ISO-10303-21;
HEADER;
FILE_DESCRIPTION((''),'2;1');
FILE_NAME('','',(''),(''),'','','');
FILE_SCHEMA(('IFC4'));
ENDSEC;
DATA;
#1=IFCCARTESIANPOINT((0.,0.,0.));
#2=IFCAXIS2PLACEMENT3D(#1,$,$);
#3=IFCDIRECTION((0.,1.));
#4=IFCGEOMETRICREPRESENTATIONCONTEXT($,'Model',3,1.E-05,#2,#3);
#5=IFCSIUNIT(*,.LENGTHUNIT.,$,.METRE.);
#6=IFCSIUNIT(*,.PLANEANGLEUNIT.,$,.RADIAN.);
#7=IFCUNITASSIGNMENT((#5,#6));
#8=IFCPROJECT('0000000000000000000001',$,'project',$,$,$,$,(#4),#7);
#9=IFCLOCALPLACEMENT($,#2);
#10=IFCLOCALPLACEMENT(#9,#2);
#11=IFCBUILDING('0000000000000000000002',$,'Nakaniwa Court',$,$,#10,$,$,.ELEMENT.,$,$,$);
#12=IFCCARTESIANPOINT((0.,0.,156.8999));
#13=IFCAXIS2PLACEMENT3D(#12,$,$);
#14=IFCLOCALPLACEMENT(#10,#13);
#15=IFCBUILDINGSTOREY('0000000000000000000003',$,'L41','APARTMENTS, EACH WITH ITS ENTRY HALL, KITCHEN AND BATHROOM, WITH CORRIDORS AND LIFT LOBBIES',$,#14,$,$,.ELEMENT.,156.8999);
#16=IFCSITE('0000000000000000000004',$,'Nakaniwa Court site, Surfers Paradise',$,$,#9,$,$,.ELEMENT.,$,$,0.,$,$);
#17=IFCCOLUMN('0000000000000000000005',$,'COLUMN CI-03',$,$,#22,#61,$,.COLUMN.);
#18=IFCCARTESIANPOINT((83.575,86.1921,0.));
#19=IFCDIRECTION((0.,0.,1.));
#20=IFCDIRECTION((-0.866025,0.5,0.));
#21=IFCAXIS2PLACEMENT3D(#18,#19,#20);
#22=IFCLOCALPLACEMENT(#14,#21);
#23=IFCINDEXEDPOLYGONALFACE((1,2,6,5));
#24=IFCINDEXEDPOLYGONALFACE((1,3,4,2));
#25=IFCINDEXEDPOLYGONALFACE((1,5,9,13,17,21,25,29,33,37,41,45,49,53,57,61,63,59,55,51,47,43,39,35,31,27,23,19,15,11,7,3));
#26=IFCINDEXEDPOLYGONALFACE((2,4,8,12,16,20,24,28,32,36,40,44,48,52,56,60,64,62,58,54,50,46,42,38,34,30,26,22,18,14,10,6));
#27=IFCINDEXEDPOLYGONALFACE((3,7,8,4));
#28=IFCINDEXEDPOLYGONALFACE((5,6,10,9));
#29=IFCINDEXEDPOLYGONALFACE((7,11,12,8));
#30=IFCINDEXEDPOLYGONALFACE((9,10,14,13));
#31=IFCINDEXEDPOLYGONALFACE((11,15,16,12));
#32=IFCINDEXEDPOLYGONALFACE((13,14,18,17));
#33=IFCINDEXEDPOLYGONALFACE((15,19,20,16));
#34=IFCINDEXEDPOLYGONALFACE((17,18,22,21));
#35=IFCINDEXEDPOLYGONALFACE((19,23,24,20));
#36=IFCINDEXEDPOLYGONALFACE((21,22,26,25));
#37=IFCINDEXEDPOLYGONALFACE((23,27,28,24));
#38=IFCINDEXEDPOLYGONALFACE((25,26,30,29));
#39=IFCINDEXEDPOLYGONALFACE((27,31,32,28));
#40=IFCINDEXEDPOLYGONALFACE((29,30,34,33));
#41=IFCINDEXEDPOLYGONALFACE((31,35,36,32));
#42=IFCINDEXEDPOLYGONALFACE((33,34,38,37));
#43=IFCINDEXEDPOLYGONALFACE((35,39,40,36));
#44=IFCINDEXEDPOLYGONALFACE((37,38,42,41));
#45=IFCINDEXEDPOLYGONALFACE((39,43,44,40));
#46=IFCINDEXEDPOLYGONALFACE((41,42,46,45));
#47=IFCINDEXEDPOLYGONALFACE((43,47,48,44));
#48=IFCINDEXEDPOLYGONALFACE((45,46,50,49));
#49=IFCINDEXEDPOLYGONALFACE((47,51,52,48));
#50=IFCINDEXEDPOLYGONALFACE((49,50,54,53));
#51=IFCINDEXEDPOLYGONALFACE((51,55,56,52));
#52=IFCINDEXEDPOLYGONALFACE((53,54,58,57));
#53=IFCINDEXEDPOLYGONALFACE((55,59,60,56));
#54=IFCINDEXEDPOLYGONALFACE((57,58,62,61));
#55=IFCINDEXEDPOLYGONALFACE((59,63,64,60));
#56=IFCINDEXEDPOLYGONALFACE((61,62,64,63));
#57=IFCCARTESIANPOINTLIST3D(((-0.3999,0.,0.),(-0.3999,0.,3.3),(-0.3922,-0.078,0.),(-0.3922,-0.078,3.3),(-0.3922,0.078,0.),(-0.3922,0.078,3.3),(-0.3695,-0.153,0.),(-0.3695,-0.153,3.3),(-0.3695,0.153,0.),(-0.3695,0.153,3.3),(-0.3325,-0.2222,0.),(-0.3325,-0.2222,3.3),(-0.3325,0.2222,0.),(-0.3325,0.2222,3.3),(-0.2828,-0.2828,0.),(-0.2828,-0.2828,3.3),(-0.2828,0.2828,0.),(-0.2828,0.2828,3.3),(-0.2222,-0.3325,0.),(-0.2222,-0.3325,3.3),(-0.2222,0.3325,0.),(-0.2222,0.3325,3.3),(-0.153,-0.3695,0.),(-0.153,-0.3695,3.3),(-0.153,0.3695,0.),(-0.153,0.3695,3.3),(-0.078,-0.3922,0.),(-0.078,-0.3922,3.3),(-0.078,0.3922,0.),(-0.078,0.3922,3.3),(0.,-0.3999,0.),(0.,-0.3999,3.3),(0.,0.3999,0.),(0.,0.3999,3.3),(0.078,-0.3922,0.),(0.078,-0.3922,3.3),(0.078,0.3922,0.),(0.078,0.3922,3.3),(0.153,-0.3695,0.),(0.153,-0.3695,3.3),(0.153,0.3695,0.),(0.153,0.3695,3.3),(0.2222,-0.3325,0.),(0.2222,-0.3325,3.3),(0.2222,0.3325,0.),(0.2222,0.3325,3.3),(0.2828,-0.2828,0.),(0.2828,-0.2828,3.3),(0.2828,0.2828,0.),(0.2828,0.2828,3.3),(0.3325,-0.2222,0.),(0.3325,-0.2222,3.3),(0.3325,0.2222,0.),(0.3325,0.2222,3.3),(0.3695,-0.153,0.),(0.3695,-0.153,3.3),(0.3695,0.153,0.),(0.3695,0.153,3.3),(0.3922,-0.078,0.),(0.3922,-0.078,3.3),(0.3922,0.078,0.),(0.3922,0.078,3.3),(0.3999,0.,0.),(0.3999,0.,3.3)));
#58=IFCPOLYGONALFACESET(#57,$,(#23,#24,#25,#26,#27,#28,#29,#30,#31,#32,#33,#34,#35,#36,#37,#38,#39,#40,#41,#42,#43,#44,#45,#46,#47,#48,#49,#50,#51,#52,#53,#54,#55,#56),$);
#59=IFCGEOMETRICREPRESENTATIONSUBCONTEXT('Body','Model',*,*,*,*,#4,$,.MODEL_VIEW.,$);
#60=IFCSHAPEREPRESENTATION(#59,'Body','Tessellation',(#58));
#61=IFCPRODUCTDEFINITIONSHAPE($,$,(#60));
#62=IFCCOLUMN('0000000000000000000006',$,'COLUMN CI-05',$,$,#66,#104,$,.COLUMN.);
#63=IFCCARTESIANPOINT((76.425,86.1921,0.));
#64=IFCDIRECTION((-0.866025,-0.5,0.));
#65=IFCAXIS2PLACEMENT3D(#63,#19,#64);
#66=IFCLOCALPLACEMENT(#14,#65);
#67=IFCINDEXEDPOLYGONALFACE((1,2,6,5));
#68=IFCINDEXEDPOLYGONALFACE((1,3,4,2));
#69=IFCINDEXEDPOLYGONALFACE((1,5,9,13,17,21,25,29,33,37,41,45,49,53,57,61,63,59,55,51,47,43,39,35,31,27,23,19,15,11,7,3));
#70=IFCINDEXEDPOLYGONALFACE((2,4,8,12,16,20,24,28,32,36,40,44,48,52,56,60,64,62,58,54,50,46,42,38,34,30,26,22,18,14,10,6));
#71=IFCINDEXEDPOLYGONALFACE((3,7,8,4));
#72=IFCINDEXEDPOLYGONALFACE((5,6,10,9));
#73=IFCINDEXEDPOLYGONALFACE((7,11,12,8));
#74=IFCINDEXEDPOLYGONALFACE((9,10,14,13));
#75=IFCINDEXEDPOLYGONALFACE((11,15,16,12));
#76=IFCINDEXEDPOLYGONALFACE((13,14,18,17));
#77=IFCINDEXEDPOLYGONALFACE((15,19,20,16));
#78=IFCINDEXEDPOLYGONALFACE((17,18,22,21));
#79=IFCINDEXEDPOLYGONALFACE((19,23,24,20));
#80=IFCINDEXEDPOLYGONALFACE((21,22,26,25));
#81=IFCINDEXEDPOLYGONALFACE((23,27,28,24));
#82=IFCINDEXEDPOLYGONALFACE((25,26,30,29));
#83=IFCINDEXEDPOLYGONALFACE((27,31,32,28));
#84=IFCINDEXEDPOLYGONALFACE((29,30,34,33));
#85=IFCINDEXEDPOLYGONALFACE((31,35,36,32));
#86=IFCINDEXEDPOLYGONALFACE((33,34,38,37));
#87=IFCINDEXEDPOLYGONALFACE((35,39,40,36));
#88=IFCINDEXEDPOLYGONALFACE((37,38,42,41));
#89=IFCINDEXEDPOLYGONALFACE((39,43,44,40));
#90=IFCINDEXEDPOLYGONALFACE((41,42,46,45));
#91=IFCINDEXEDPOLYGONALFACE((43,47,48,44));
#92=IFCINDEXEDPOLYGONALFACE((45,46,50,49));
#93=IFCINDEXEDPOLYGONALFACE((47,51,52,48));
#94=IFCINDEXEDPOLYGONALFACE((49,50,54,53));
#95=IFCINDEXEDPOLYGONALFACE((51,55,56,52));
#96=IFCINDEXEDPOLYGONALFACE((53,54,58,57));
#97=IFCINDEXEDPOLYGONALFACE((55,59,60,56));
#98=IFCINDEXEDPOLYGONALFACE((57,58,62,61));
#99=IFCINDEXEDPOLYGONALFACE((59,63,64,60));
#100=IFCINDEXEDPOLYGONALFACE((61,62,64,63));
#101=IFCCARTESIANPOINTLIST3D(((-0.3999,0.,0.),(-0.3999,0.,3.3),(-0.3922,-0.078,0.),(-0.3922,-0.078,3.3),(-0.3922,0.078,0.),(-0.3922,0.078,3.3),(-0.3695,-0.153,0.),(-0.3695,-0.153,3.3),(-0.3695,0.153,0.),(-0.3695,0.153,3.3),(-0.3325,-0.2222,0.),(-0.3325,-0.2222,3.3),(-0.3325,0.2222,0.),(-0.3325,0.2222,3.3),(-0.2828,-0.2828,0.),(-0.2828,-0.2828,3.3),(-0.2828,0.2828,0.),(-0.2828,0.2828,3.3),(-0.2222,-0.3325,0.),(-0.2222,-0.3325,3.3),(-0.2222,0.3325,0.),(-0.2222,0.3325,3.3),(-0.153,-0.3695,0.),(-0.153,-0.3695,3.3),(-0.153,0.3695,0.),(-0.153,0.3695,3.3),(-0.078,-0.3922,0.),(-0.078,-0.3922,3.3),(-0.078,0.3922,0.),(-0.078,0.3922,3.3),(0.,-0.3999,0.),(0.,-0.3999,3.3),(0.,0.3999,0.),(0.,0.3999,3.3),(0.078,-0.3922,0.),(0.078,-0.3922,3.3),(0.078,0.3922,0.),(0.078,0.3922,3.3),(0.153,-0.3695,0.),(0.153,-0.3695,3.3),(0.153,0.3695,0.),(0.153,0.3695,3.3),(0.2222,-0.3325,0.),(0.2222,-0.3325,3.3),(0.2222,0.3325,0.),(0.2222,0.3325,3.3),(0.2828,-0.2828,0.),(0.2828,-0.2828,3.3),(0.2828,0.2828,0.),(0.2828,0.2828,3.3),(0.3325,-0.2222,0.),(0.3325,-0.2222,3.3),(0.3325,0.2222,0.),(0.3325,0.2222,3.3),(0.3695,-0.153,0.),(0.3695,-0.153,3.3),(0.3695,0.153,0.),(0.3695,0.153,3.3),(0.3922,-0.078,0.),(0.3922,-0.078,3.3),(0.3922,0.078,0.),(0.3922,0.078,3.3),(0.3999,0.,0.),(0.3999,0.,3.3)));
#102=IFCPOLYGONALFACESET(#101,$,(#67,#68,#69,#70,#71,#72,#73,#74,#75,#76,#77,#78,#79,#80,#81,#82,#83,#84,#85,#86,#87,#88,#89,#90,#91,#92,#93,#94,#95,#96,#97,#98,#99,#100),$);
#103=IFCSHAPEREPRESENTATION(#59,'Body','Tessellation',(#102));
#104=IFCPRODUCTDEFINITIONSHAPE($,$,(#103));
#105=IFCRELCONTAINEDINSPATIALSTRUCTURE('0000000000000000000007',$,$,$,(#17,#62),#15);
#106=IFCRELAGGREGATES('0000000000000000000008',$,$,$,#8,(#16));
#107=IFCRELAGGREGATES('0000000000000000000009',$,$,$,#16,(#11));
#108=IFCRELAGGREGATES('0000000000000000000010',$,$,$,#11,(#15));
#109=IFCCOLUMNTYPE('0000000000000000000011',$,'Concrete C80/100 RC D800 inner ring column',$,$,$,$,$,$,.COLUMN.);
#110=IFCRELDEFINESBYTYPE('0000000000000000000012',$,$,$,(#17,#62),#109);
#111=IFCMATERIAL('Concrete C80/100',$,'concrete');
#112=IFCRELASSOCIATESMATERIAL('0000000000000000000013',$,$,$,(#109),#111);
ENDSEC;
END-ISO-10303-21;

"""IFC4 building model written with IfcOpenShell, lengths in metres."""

from ifc_helpers import new_model, si_unit, direction, frame, origin, origin_2d, place, context, subcontext, project, spatial, circle, extrude, material, material_profile, profile_set, type_object, element, save


model = new_model("IFC4")

# Units and contexts
model_context = context("Model", 3, precision=1e-05, world=origin(), true_north=direction((0.0, 1.0)))
body_context = subcontext(model_context, "Body", "Model", "MODEL_VIEW")
ifc_project = project(units=[si_unit("LENGTHUNIT", "METRE"), si_unit("PLANEANGLEUNIT", "RADIAN")], contexts=[model_context])

# Site, building, storey
site_placement = place(None, origin())
site = spatial("IfcSite", under=ifc_project, at=site_placement, Name="Nakaniwa Court site, Surfers Paradise", CompositionType="ELEMENT", RefElevation=0.0)
building_placement = place(site_placement, origin())
building = spatial("IfcBuilding", under=site, at=building_placement, Name="Nakaniwa Court", CompositionType="ELEMENT")
storey_placement = place(building_placement, frame((0.0, 0.0, 156.8999)))
storey = spatial("IfcBuildingStorey", under=building, at=storey_placement, Name="L41", Description="APARTMENTS, EACH WITH ITS ENTRY HALL, KITCHEN AND BATHROOM, WITH CORRIDORS AND LIFT LOBBIES", CompositionType="ELEMENT", Elevation=156.8999)

# Columns
ifc_material_1 = material(Name="Concrete C80/100", Category="concrete")
ifc_material_profile_1 = material_profile(ifc_material_1, circle(Radius=0.3999, at=origin_2d()), Name="Concrete C80/100 RC D800 inner ring column")
ifc_profile_set_1 = profile_set([ifc_material_profile_1], Name="Concrete C80/100")
column_type = type_object("IfcColumnType", Name="Concrete C80/100 RC D800 inner ring column", PredefinedType="COLUMN", material=ifc_profile_set_1)
for number, where, z_axis, x_axis, name in (
    (1, (83.575, 86.1921, 0.0), (0.0, 0.0, 1.0), (-0.866025, 0.5, 0.0), "COLUMN CI-03"),
    (2, (76.425, 86.1921, 0.0), (0.0, 0.0, 1.0), (-0.866025, -0.5, 0.0), "COLUMN CI-05"),
):
    element("IfcColumn", number, at=place(storey_placement, frame(where, z_axis=z_axis, x_axis=x_axis)), inside=storey, type_object=column_type, Name=name, PredefinedType="COLUMN", context=body_context, shape_type="SweptSolid", body=[
        extrude(circle(Radius=0.3999, at=origin_2d()), origin(), (0.0, 0.0, 1.0), 3.3),
    ])

save(model, "model.ifc")
